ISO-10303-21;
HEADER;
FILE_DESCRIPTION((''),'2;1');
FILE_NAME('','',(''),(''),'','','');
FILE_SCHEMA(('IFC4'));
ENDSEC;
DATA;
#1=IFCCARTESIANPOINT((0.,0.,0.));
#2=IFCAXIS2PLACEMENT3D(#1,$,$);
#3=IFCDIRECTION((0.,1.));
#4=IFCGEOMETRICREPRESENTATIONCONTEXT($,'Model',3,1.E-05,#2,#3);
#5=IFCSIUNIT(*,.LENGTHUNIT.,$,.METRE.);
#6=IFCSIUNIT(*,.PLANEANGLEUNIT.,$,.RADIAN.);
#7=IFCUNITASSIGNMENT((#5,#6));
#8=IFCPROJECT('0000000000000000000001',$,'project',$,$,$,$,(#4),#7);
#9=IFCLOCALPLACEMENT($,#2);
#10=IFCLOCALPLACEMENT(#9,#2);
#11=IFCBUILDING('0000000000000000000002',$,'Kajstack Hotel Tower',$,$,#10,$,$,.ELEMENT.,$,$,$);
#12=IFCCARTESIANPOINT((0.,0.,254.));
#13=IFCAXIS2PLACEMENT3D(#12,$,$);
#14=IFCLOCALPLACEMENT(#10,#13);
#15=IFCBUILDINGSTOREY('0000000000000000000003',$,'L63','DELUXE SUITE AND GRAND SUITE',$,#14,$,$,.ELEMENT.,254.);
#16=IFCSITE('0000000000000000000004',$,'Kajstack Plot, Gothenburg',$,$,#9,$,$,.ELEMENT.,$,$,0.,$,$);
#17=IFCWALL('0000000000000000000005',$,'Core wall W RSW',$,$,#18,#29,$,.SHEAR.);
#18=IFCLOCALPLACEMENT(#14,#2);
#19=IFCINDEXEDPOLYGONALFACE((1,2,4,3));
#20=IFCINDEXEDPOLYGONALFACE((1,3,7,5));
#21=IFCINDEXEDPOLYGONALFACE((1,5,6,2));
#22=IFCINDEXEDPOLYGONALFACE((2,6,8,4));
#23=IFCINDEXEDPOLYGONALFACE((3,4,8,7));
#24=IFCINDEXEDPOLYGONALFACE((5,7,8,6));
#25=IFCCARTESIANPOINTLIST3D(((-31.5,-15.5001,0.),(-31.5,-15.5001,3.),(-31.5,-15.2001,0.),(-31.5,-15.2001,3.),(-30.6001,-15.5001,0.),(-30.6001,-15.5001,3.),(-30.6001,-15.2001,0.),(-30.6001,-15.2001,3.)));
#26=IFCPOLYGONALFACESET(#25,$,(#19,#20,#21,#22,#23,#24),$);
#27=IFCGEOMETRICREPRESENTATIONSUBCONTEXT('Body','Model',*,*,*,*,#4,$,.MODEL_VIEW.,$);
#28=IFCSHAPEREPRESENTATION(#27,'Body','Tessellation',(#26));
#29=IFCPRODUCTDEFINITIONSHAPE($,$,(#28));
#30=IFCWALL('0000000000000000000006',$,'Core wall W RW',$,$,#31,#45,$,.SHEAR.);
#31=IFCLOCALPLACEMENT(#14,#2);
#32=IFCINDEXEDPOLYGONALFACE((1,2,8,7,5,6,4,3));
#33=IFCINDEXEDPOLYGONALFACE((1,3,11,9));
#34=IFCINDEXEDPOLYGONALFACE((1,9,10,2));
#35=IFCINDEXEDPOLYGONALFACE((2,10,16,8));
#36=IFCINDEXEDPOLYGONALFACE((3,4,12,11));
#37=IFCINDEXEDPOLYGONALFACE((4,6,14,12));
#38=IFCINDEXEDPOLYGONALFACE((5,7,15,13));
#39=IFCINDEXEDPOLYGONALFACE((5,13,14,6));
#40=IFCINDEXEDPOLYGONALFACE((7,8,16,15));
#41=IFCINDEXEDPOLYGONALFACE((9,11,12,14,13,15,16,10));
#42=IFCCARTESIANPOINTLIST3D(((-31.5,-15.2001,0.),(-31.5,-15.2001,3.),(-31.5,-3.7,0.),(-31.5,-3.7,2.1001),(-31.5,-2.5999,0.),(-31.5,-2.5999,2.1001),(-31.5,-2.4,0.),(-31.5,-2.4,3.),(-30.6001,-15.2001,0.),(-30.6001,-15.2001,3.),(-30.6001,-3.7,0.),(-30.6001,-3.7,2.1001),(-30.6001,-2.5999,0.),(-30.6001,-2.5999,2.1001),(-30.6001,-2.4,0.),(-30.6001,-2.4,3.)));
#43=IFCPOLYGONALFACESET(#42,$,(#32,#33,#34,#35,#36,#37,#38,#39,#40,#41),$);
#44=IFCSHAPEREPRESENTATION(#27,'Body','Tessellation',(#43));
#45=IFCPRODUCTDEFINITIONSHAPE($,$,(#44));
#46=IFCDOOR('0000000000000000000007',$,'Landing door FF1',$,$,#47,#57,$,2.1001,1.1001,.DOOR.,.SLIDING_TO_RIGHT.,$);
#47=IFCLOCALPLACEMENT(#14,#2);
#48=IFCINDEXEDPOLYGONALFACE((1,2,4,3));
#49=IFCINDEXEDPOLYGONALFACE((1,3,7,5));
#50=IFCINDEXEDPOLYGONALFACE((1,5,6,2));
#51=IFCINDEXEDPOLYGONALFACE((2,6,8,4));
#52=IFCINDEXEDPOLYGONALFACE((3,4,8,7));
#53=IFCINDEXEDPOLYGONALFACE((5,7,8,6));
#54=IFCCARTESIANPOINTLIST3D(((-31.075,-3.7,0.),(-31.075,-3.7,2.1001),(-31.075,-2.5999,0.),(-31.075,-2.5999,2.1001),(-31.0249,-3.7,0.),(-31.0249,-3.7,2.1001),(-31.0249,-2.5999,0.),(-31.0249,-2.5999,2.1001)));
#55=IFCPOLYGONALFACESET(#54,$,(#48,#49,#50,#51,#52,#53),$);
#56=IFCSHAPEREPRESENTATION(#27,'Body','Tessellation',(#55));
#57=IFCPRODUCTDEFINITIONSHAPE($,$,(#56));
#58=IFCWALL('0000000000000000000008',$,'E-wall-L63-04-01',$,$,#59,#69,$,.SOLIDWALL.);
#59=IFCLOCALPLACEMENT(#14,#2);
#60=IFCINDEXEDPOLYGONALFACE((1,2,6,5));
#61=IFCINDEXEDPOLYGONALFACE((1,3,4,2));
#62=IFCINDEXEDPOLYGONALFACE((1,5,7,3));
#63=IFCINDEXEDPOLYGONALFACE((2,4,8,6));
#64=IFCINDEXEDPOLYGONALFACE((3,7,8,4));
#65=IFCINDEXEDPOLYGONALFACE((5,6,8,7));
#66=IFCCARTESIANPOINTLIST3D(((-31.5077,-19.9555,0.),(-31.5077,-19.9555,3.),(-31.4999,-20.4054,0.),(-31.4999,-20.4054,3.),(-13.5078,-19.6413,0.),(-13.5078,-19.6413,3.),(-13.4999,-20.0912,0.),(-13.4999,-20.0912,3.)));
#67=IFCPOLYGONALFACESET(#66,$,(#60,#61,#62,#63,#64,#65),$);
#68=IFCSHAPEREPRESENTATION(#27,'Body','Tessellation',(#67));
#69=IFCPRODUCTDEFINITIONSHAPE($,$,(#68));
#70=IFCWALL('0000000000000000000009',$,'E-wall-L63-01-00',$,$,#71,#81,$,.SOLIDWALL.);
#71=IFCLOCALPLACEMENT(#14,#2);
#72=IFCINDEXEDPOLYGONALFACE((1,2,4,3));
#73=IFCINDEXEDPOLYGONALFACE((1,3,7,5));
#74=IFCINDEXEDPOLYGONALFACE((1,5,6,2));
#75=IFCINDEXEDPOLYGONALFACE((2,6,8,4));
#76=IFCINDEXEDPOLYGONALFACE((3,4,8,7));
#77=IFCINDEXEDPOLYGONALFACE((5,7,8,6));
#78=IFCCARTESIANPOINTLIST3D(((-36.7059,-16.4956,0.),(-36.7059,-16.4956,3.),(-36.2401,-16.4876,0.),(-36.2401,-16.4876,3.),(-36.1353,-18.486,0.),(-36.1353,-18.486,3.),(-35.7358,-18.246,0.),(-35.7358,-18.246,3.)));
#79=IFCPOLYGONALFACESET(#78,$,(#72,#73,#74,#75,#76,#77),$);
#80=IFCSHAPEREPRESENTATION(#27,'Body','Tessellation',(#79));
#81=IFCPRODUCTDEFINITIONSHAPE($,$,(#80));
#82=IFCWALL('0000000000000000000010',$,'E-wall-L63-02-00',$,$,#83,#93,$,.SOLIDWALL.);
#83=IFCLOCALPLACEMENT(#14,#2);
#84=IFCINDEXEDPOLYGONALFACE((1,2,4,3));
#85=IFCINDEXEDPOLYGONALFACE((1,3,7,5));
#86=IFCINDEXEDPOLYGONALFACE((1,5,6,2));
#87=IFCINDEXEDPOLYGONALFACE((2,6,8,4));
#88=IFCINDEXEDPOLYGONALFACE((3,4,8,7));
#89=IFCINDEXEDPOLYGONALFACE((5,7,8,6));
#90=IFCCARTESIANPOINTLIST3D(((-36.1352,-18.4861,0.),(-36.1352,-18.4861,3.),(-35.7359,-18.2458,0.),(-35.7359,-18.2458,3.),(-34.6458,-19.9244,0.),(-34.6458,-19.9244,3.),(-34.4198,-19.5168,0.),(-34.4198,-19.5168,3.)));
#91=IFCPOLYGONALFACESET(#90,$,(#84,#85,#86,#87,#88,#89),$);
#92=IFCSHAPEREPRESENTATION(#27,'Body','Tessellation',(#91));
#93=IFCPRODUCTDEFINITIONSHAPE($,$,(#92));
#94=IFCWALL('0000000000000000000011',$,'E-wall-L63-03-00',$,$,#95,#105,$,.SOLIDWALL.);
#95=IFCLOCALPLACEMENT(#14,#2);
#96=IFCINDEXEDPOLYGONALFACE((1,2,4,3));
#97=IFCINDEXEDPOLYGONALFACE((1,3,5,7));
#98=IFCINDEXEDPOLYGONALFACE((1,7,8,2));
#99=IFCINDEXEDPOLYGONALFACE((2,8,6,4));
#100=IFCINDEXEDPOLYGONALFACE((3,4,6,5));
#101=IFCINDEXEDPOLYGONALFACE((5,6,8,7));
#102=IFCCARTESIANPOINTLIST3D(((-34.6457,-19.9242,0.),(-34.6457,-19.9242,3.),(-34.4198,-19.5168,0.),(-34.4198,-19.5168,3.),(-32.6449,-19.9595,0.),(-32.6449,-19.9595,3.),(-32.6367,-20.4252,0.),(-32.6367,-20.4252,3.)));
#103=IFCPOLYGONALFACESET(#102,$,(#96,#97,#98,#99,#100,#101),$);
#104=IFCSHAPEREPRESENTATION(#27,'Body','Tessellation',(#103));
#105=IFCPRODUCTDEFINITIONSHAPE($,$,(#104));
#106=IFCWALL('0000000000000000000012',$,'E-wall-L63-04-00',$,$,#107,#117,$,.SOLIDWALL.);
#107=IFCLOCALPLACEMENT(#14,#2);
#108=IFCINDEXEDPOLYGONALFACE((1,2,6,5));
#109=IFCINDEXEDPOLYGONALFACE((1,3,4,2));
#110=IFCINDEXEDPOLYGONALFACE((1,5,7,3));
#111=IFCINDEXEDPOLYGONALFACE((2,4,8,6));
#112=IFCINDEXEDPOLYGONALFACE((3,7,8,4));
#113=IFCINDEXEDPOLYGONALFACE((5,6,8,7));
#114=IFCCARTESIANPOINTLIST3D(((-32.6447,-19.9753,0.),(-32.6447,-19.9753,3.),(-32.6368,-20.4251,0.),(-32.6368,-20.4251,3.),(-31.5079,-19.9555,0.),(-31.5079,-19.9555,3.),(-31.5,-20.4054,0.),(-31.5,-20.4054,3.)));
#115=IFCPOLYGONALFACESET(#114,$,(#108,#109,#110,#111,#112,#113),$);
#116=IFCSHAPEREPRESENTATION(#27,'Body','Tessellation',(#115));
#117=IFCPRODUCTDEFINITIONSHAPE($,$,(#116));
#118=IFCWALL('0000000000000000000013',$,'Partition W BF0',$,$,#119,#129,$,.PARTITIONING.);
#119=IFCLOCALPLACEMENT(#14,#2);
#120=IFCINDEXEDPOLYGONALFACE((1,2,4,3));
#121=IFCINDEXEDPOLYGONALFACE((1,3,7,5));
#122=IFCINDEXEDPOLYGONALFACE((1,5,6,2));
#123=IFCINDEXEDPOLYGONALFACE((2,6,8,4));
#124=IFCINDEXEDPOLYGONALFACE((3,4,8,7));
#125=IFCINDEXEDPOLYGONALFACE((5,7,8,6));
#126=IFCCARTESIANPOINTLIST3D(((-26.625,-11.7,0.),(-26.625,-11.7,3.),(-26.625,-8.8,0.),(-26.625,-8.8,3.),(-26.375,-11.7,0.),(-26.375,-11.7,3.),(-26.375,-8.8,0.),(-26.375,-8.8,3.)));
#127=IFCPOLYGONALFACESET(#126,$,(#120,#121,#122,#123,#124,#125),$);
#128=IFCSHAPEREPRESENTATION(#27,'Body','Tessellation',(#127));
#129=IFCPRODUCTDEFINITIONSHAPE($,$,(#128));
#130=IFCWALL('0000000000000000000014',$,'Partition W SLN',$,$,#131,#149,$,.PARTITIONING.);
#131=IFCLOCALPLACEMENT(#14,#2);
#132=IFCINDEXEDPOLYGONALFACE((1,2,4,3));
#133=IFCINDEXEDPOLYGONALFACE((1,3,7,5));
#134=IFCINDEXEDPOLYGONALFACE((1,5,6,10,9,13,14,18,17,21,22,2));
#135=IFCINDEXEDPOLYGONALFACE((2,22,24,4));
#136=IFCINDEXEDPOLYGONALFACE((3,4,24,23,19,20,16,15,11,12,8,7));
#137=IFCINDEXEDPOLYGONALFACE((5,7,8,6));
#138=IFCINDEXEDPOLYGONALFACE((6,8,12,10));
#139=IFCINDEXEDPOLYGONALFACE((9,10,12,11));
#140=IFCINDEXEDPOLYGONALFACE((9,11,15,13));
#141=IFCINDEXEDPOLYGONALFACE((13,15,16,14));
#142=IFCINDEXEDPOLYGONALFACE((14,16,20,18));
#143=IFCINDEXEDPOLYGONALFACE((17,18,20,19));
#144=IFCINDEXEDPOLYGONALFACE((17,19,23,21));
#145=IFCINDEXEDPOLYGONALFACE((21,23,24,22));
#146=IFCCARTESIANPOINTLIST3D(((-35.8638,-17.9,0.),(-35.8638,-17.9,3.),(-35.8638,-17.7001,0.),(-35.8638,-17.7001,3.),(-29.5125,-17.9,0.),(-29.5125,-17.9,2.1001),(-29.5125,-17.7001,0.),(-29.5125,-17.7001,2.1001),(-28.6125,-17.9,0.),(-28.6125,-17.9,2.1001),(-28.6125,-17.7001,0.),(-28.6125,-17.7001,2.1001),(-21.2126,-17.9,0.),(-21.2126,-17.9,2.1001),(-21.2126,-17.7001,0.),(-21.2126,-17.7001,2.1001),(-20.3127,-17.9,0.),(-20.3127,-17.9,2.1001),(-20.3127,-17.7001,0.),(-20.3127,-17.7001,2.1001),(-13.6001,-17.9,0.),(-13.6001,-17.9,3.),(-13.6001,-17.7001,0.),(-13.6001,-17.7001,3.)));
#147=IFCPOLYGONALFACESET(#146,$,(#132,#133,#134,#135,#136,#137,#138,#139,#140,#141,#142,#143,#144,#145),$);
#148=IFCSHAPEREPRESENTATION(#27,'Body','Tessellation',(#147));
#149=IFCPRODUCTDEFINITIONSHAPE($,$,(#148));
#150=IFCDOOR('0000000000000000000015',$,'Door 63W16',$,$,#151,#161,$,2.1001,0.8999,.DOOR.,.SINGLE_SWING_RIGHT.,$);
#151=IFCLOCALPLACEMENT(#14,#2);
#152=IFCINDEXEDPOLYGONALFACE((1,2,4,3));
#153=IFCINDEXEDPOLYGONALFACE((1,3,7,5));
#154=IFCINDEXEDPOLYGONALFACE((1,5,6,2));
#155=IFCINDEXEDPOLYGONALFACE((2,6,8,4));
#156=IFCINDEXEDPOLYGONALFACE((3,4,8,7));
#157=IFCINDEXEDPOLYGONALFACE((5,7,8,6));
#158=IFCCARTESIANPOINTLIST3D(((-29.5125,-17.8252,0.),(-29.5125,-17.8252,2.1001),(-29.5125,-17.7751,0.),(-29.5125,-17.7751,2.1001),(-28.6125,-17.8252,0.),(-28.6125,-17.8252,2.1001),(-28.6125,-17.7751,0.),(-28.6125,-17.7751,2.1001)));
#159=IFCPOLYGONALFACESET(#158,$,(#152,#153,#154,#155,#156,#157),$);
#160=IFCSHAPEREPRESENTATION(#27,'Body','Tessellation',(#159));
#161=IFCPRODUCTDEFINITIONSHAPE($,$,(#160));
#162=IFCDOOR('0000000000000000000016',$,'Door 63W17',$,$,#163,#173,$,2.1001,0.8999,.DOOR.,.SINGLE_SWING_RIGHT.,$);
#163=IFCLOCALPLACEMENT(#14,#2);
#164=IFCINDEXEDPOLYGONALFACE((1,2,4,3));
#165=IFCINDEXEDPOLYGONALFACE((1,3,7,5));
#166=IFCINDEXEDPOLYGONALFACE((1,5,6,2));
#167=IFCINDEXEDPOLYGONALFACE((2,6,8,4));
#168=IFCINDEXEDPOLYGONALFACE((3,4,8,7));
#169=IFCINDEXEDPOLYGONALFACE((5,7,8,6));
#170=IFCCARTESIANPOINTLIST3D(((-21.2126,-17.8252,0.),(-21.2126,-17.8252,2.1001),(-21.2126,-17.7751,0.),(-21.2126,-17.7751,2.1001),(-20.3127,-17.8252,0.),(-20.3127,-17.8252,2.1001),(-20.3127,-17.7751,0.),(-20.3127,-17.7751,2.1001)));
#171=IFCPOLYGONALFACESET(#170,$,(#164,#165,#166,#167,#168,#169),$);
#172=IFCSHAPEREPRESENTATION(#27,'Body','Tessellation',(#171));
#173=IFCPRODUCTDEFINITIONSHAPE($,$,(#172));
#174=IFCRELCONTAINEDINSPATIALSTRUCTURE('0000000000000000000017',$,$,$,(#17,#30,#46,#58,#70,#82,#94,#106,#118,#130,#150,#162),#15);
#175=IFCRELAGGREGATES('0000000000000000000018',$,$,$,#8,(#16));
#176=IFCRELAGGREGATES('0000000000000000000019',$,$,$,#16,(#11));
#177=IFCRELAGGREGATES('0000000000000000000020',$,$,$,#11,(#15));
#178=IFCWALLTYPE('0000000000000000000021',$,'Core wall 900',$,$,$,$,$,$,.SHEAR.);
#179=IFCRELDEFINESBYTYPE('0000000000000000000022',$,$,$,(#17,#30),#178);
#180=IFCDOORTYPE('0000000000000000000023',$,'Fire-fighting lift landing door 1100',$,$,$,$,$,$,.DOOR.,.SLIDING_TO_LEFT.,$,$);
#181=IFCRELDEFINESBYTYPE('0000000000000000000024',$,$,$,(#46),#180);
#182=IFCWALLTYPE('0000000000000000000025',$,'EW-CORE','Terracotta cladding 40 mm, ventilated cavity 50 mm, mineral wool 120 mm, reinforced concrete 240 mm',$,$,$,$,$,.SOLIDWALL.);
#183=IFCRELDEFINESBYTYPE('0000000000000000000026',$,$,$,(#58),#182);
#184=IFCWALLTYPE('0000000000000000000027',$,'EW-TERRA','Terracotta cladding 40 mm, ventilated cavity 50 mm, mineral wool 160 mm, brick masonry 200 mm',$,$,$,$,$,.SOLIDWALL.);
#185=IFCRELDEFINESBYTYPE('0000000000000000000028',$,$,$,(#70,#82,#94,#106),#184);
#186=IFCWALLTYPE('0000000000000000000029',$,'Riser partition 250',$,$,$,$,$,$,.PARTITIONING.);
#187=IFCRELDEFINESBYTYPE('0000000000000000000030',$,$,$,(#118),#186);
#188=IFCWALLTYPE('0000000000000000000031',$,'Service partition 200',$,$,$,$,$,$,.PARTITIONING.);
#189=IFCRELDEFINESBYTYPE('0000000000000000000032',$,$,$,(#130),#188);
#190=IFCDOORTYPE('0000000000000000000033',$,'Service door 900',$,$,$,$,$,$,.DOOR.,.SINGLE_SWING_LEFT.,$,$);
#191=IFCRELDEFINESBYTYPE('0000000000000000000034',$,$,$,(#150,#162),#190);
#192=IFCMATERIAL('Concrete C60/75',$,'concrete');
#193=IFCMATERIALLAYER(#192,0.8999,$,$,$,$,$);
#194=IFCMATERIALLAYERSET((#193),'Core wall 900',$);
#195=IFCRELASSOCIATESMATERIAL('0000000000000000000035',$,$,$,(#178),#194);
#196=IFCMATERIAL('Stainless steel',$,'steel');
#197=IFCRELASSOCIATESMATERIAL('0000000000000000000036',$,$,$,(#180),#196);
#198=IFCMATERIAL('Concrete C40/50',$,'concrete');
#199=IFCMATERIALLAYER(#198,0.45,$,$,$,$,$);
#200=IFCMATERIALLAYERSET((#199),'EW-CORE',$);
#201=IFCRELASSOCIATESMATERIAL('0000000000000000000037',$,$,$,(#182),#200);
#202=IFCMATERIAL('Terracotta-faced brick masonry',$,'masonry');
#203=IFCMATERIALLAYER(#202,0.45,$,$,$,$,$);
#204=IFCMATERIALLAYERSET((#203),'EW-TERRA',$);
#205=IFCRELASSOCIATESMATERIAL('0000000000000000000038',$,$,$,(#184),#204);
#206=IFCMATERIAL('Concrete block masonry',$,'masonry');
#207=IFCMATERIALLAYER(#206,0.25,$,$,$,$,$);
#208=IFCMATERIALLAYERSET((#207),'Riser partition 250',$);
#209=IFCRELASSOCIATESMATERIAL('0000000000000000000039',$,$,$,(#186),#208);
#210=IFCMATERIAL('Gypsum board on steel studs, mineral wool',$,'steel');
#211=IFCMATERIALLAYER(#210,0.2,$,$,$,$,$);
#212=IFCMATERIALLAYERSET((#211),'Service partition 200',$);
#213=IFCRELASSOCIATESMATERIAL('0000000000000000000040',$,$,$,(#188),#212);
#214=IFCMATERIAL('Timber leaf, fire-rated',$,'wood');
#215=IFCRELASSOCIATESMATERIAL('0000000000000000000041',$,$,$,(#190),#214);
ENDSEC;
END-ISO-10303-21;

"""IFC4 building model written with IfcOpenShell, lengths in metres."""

from ifc_helpers import new_model, si_unit, direction, frame, frame_2d, origin, place, context, subcontext, project, spatial, polyline, rectangle, outline, extrude, material, layer, layer_set, type_object, element, fill, save


model = new_model("IFC4")

# Units and contexts
model_context = context("Model", 3, precision=1e-05, world=origin(), true_north=direction((0.0, 1.0)))
body_context = subcontext(model_context, "Body", "Model", "MODEL_VIEW")
ifc_project = project(units=[si_unit("LENGTHUNIT", "METRE"), si_unit("PLANEANGLEUNIT", "RADIAN")], contexts=[model_context])

# Site, building, storey
site_placement = place(None, origin())
site = spatial("IfcSite", under=ifc_project, at=site_placement, Name="Kajstack Plot, Gothenburg", CompositionType="ELEMENT", RefElevation=0.0)
building_placement = place(site_placement, origin())
building = spatial("IfcBuilding", under=site, at=building_placement, Name="Kajstack Hotel Tower", CompositionType="ELEMENT")
storey_placement = place(building_placement, frame((0.0, 0.0, 254.0)))
storey = spatial("IfcBuildingStorey", under=building, at=storey_placement, Name="L63", Description="DELUXE SUITE AND GRAND SUITE", CompositionType="ELEMENT", Elevation=254.0)

# Wall
ifc_material_1 = material(Name="Concrete C60/75", Category="concrete")
ifc_layer_1 = layer(ifc_material_1, 0.8999)
ifc_layer_set_1 = layer_set([ifc_layer_1], Name="Core wall 900")
wall_type_1 = type_object("IfcWallType", Name="Core wall 900", PredefinedType="SHEAR", material=ifc_layer_set_1)
wall_1_placement = place(storey_placement, frame((-31.5, -15.3501, 0.0), z_axis=(0.0, 0.0, 1.0), x_axis=(1.0, 0.0, 0.0)))
element("IfcWall", 1, at=wall_1_placement, inside=storey, type_object=wall_type_1, Name="Core wall W RSW", PredefinedType="SHEAR", context=body_context, shape_type="SweptSolid", body=[
    extrude(rectangle(XDim=0.8999, YDim=0.3, at=frame_2d((0.45, 0.0))), origin(), (0.0, 0.0, 1.0), 3.0),
])

# Wall, opening, door
wall_2_placement = place(storey_placement, frame((-31.05, -15.2, 0.0), z_axis=(0.0, 0.0, 1.0), x_axis=(0.0, 1.0, 0.0)))
wall_2 = element("IfcWall", 2, at=wall_2_placement, inside=storey, type_object=wall_type_1, Name="Core wall W RW", PredefinedType="SHEAR", context=body_context, shape_type="SweptSolid", body=[
    extrude(rectangle(XDim=12.8, YDim=0.8999, at=frame_2d((6.3999, 0.0))), origin(), (0.0, 0.0, 1.0), 3.0),
])
opening_1_placement = place(wall_2_placement, frame((11.5, 0.0, 0.0)))
opening_1 = element("IfcOpeningElement", 3, at=opening_1_placement, cuts=wall_2, PredefinedType="OPENING", context=body_context, shape_type="SweptSolid", body=[
    extrude(rectangle(XDim=1.1001, YDim=2.1001, at=frame_2d((0.55, 1.05))), frame((0.0, 0.46, 0.0), z_axis=(0.0, -1.0, 0.0), x_axis=(1.0, 0.0, 0.0)), (0.0, 0.0, 1.0), 0.9199),
])
ifc_material_2 = material(Name="Stainless steel", Category="steel")
door_type_1 = type_object("IfcDoorType", Name="Fire-fighting lift landing door 1100", OperationType="SLIDING_TO_LEFT", PredefinedType="DOOR", material=ifc_material_2)
door_1_placement = place(opening_1_placement, origin())
door_1 = element("IfcDoor", 4, at=door_1_placement, inside=storey, type_object=door_type_1, Name="Landing door FF1", OperationType="SLIDING_TO_RIGHT", OverallHeight=2.1001, OverallWidth=1.1001, PredefinedType="DOOR", context=body_context, shape_type="SweptSolid", body=[
    extrude(rectangle(XDim=1.1001, YDim=2.1001, at=frame_2d((0.55, 1.05))), frame((0.0, 0.0249, 0.0), z_axis=(0.0, -1.0, 0.0), x_axis=(1.0, 0.0, 0.0)), (0.0, 0.0, 1.0), 0.05),
])
fill(opening_1, door_1)

# Walls
ifc_material_3 = material(Name="Concrete C40/50", Category="concrete")
ifc_layer_2 = layer(ifc_material_3, 0.45)
ifc_layer_set_2 = layer_set([ifc_layer_2], Name="EW-CORE")
wall_type_2 = type_object("IfcWallType", Name="EW-CORE", Description="Terracotta cladding 40 mm, ventilated cavity 50 mm, mineral wool 120 mm, reinforced concrete 240 mm", PredefinedType="SOLIDWALL", material=ifc_layer_set_2)
wall_3_placement = place(storey_placement, frame((-31.5039, -20.1804, 0.0), z_axis=(0.0, 0.0, 1.0), x_axis=(0.999848, 0.017453, 0.0)))
element("IfcWall", 5, at=wall_3_placement, inside=storey, type_object=wall_type_2, Name="E-wall-L63-04-01", PredefinedType="SOLIDWALL", context=body_context, shape_type="SweptSolid", body=[
    extrude(rectangle(XDim=18.0027, YDim=0.45, at=frame_2d((9.0015, 0.0))), origin(), (0.0, 0.0, 1.0), 3.0),
])
ifc_material_4 = material(Name="Terracotta-faced brick masonry", Category="masonry")
ifc_layer_3 = layer(ifc_material_4, 0.45)
ifc_layer_set_3 = layer_set([ifc_layer_3], Name="EW-TERRA")
wall_type_3 = type_object("IfcWallType", Name="EW-TERRA", Description="Terracotta cladding 40 mm, ventilated cavity 50 mm, mineral wool 160 mm, brick masonry 200 mm", PredefinedType="SOLIDWALL", material=ifc_layer_set_3)
wall_4_placement = place(storey_placement, frame((-36.4895, -16.4336, 0.0), z_axis=(0.0, 0.0, 1.0), x_axis=(0.275578, -0.961279, 0.0)))
element("IfcWall", 6, at=wall_4_placement, inside=storey, type_object=wall_type_3, Name="E-wall-L63-01-00", PredefinedType="SOLIDWALL", context=body_context, shape_type="SweptSolid", body=[
    extrude(outline(polyline([(0.0, -0.2251), (2.0706, -0.2251), (1.95, 0.2251), (0.1206, 0.2249), (0.0, -0.2251)])), origin(), (0.0, 0.0, 1.0), 3.0),
])
wall_5_placement = place(storey_placement, frame((-35.979, -18.324, 0.0), z_axis=(0.0, 0.0, 1.0), x_axis=(0.71932, -0.694679, 0.0)))
element("IfcWall", 7, at=wall_5_placement, inside=storey, type_object=wall_type_3, Name="E-wall-L63-02-00", PredefinedType="SOLIDWALL", context=body_context, shape_type="SweptSolid", body=[
    extrude(outline(polyline([(0.0002, -0.2251), (2.0708, -0.2251), (1.9502, 0.2251), (0.1206, 0.2251), (0.0002, -0.2251)])), origin(), (0.0, 0.0, 1.0), 3.0),
])
wall_6_placement = place(storey_placement, frame((-34.5913, -19.7061, 0.0), z_axis=(0.0, 0.0, 1.0), x_axis=(0.970316, -0.241842, 0.0)))
element("IfcWall", 8, at=wall_6_placement, inside=storey, type_object=wall_type_3, Name="E-wall-L63-03-00", PredefinedType="SOLIDWALL", context=body_context, shape_type="SweptSolid", body=[
    extrude(outline(polyline([(0.0, -0.2249), (2.0706, -0.2251), (1.95, 0.2249), (0.1206, 0.2251), (0.0, -0.2249)])), origin(), (0.0, 0.0, 1.0), 3.0),
])
wall_7_placement = place(storey_placement, frame((-32.6406, -20.2002, 0.0), z_axis=(0.0, 0.0, 1.0), x_axis=(0.999849, 0.017394, 0.0)))
element("IfcWall", 9, at=wall_7_placement, inside=storey, type_object=wall_type_3, Name="E-wall-L63-04-00", PredefinedType="SOLIDWALL", context=body_context, shape_type="SweptSolid", body=[
    extrude(rectangle(XDim=1.137, YDim=0.45, at=frame_2d((0.5684, 0.0))), origin(), (0.0, 0.0, 1.0), 3.0),
])
ifc_material_5 = material(Name="Concrete block masonry", Category="masonry")
ifc_layer_4 = layer(ifc_material_5, 0.25)
ifc_layer_set_4 = layer_set([ifc_layer_4], Name="Riser partition 250")
wall_type_4 = type_object("IfcWallType", Name="Riser partition 250", PredefinedType="PARTITIONING", material=ifc_layer_set_4)
wall_8_placement = place(storey_placement, frame((-26.5, -11.7, 0.0), z_axis=(0.0, 0.0, 1.0), x_axis=(0.0, 1.0, 0.0)))
element("IfcWall", 10, at=wall_8_placement, inside=storey, type_object=wall_type_4, Name="Partition W BF0", PredefinedType="PARTITIONING", context=body_context, shape_type="SweptSolid", body=[
    extrude(rectangle(XDim=2.8999, YDim=0.25, at=frame_2d((1.45, 0.0))), origin(), (0.0, 0.0, 1.0), 3.0),
])

# Wall, openings, doors
ifc_material_6 = material(Name="Gypsum board on steel studs, mineral wool", Category="steel")
ifc_layer_5 = layer(ifc_material_6, 0.2)
ifc_layer_set_5 = layer_set([ifc_layer_5], Name="Service partition 200")
wall_type_5 = type_object("IfcWallType", Name="Service partition 200", PredefinedType="PARTITIONING", material=ifc_layer_set_5)
wall_9_placement = place(storey_placement, frame((-35.8638, -17.8, 0.0), z_axis=(0.0, 0.0, 1.0), x_axis=(1.0, 0.0, 0.0)))
wall_9 = element("IfcWall", 11, at=wall_9_placement, inside=storey, type_object=wall_type_5, Name="Partition W SLN", PredefinedType="PARTITIONING", context=body_context, shape_type="SweptSolid", body=[
    extrude(rectangle(XDim=22.2637, YDim=0.2, at=frame_2d((11.1318, 0.0))), origin(), (0.0, 0.0, 1.0), 3.0),
])
opening_2_placement = place(wall_9_placement, frame((6.3513, 0.0, 0.0)))
opening_2 = element("IfcOpeningElement", 12, at=opening_2_placement, cuts=wall_9, PredefinedType="OPENING", context=body_context, shape_type="SweptSolid", body=[
    extrude(rectangle(XDim=0.8999, YDim=2.1001, at=frame_2d((0.45, 1.05))), frame((0.0, 0.1099, 0.0), z_axis=(0.0, -1.0, 0.0), x_axis=(1.0, 0.0, 0.0)), (0.0, 0.0, 1.0), 0.22),
])
opening_3_placement = place(wall_9_placement, frame((14.6511, 0.0, 0.0)))
opening_3 = element("IfcOpeningElement", 13, at=opening_3_placement, cuts=wall_9, PredefinedType="OPENING", context=body_context, shape_type="SweptSolid", body=[
    extrude(rectangle(XDim=0.8999, YDim=2.1001, at=frame_2d((0.45, 1.05))), frame((0.0, 0.1099, 0.0), z_axis=(0.0, -1.0, 0.0), x_axis=(1.0, 0.0, 0.0)), (0.0, 0.0, 1.0), 0.22),
])
ifc_material_7 = material(Name="Timber leaf, fire-rated", Category="wood")
door_type_2 = type_object("IfcDoorType", Name="Service door 900", OperationType="SINGLE_SWING_LEFT", PredefinedType="DOOR", material=ifc_material_7)
door_2_placement = place(opening_2_placement, origin())
door_2 = element("IfcDoor", 14, at=door_2_placement, inside=storey, type_object=door_type_2, Name="Door 63W16", OperationType="SINGLE_SWING_RIGHT", OverallHeight=2.1001, OverallWidth=0.8999, PredefinedType="DOOR", context=body_context, shape_type="SweptSolid", body=[
    extrude(rectangle(XDim=0.8999, YDim=2.1001, at=frame_2d((0.45, 1.05))), frame((0.0, 0.0249, 0.0), z_axis=(0.0, -1.0, 0.0), x_axis=(1.0, 0.0, 0.0)), (0.0, 0.0, 1.0), 0.05),
])
fill(opening_2, door_2)
door_3_placement = place(opening_3_placement, origin())
door_3 = element("IfcDoor", 15, at=door_3_placement, inside=storey, type_object=door_type_2, Name="Door 63W17", OperationType="SINGLE_SWING_RIGHT", OverallHeight=2.1001, OverallWidth=0.8999, PredefinedType="DOOR", context=body_context, shape_type="SweptSolid", body=[
    extrude(rectangle(XDim=0.8999, YDim=2.1001, at=frame_2d((0.45, 1.05))), frame((0.0, 0.0249, 0.0), z_axis=(0.0, -1.0, 0.0), x_axis=(1.0, 0.0, 0.0)), (0.0, 0.0, 1.0), 0.05),
])
fill(opening_3, door_3)

save(model, "model.ifc")
